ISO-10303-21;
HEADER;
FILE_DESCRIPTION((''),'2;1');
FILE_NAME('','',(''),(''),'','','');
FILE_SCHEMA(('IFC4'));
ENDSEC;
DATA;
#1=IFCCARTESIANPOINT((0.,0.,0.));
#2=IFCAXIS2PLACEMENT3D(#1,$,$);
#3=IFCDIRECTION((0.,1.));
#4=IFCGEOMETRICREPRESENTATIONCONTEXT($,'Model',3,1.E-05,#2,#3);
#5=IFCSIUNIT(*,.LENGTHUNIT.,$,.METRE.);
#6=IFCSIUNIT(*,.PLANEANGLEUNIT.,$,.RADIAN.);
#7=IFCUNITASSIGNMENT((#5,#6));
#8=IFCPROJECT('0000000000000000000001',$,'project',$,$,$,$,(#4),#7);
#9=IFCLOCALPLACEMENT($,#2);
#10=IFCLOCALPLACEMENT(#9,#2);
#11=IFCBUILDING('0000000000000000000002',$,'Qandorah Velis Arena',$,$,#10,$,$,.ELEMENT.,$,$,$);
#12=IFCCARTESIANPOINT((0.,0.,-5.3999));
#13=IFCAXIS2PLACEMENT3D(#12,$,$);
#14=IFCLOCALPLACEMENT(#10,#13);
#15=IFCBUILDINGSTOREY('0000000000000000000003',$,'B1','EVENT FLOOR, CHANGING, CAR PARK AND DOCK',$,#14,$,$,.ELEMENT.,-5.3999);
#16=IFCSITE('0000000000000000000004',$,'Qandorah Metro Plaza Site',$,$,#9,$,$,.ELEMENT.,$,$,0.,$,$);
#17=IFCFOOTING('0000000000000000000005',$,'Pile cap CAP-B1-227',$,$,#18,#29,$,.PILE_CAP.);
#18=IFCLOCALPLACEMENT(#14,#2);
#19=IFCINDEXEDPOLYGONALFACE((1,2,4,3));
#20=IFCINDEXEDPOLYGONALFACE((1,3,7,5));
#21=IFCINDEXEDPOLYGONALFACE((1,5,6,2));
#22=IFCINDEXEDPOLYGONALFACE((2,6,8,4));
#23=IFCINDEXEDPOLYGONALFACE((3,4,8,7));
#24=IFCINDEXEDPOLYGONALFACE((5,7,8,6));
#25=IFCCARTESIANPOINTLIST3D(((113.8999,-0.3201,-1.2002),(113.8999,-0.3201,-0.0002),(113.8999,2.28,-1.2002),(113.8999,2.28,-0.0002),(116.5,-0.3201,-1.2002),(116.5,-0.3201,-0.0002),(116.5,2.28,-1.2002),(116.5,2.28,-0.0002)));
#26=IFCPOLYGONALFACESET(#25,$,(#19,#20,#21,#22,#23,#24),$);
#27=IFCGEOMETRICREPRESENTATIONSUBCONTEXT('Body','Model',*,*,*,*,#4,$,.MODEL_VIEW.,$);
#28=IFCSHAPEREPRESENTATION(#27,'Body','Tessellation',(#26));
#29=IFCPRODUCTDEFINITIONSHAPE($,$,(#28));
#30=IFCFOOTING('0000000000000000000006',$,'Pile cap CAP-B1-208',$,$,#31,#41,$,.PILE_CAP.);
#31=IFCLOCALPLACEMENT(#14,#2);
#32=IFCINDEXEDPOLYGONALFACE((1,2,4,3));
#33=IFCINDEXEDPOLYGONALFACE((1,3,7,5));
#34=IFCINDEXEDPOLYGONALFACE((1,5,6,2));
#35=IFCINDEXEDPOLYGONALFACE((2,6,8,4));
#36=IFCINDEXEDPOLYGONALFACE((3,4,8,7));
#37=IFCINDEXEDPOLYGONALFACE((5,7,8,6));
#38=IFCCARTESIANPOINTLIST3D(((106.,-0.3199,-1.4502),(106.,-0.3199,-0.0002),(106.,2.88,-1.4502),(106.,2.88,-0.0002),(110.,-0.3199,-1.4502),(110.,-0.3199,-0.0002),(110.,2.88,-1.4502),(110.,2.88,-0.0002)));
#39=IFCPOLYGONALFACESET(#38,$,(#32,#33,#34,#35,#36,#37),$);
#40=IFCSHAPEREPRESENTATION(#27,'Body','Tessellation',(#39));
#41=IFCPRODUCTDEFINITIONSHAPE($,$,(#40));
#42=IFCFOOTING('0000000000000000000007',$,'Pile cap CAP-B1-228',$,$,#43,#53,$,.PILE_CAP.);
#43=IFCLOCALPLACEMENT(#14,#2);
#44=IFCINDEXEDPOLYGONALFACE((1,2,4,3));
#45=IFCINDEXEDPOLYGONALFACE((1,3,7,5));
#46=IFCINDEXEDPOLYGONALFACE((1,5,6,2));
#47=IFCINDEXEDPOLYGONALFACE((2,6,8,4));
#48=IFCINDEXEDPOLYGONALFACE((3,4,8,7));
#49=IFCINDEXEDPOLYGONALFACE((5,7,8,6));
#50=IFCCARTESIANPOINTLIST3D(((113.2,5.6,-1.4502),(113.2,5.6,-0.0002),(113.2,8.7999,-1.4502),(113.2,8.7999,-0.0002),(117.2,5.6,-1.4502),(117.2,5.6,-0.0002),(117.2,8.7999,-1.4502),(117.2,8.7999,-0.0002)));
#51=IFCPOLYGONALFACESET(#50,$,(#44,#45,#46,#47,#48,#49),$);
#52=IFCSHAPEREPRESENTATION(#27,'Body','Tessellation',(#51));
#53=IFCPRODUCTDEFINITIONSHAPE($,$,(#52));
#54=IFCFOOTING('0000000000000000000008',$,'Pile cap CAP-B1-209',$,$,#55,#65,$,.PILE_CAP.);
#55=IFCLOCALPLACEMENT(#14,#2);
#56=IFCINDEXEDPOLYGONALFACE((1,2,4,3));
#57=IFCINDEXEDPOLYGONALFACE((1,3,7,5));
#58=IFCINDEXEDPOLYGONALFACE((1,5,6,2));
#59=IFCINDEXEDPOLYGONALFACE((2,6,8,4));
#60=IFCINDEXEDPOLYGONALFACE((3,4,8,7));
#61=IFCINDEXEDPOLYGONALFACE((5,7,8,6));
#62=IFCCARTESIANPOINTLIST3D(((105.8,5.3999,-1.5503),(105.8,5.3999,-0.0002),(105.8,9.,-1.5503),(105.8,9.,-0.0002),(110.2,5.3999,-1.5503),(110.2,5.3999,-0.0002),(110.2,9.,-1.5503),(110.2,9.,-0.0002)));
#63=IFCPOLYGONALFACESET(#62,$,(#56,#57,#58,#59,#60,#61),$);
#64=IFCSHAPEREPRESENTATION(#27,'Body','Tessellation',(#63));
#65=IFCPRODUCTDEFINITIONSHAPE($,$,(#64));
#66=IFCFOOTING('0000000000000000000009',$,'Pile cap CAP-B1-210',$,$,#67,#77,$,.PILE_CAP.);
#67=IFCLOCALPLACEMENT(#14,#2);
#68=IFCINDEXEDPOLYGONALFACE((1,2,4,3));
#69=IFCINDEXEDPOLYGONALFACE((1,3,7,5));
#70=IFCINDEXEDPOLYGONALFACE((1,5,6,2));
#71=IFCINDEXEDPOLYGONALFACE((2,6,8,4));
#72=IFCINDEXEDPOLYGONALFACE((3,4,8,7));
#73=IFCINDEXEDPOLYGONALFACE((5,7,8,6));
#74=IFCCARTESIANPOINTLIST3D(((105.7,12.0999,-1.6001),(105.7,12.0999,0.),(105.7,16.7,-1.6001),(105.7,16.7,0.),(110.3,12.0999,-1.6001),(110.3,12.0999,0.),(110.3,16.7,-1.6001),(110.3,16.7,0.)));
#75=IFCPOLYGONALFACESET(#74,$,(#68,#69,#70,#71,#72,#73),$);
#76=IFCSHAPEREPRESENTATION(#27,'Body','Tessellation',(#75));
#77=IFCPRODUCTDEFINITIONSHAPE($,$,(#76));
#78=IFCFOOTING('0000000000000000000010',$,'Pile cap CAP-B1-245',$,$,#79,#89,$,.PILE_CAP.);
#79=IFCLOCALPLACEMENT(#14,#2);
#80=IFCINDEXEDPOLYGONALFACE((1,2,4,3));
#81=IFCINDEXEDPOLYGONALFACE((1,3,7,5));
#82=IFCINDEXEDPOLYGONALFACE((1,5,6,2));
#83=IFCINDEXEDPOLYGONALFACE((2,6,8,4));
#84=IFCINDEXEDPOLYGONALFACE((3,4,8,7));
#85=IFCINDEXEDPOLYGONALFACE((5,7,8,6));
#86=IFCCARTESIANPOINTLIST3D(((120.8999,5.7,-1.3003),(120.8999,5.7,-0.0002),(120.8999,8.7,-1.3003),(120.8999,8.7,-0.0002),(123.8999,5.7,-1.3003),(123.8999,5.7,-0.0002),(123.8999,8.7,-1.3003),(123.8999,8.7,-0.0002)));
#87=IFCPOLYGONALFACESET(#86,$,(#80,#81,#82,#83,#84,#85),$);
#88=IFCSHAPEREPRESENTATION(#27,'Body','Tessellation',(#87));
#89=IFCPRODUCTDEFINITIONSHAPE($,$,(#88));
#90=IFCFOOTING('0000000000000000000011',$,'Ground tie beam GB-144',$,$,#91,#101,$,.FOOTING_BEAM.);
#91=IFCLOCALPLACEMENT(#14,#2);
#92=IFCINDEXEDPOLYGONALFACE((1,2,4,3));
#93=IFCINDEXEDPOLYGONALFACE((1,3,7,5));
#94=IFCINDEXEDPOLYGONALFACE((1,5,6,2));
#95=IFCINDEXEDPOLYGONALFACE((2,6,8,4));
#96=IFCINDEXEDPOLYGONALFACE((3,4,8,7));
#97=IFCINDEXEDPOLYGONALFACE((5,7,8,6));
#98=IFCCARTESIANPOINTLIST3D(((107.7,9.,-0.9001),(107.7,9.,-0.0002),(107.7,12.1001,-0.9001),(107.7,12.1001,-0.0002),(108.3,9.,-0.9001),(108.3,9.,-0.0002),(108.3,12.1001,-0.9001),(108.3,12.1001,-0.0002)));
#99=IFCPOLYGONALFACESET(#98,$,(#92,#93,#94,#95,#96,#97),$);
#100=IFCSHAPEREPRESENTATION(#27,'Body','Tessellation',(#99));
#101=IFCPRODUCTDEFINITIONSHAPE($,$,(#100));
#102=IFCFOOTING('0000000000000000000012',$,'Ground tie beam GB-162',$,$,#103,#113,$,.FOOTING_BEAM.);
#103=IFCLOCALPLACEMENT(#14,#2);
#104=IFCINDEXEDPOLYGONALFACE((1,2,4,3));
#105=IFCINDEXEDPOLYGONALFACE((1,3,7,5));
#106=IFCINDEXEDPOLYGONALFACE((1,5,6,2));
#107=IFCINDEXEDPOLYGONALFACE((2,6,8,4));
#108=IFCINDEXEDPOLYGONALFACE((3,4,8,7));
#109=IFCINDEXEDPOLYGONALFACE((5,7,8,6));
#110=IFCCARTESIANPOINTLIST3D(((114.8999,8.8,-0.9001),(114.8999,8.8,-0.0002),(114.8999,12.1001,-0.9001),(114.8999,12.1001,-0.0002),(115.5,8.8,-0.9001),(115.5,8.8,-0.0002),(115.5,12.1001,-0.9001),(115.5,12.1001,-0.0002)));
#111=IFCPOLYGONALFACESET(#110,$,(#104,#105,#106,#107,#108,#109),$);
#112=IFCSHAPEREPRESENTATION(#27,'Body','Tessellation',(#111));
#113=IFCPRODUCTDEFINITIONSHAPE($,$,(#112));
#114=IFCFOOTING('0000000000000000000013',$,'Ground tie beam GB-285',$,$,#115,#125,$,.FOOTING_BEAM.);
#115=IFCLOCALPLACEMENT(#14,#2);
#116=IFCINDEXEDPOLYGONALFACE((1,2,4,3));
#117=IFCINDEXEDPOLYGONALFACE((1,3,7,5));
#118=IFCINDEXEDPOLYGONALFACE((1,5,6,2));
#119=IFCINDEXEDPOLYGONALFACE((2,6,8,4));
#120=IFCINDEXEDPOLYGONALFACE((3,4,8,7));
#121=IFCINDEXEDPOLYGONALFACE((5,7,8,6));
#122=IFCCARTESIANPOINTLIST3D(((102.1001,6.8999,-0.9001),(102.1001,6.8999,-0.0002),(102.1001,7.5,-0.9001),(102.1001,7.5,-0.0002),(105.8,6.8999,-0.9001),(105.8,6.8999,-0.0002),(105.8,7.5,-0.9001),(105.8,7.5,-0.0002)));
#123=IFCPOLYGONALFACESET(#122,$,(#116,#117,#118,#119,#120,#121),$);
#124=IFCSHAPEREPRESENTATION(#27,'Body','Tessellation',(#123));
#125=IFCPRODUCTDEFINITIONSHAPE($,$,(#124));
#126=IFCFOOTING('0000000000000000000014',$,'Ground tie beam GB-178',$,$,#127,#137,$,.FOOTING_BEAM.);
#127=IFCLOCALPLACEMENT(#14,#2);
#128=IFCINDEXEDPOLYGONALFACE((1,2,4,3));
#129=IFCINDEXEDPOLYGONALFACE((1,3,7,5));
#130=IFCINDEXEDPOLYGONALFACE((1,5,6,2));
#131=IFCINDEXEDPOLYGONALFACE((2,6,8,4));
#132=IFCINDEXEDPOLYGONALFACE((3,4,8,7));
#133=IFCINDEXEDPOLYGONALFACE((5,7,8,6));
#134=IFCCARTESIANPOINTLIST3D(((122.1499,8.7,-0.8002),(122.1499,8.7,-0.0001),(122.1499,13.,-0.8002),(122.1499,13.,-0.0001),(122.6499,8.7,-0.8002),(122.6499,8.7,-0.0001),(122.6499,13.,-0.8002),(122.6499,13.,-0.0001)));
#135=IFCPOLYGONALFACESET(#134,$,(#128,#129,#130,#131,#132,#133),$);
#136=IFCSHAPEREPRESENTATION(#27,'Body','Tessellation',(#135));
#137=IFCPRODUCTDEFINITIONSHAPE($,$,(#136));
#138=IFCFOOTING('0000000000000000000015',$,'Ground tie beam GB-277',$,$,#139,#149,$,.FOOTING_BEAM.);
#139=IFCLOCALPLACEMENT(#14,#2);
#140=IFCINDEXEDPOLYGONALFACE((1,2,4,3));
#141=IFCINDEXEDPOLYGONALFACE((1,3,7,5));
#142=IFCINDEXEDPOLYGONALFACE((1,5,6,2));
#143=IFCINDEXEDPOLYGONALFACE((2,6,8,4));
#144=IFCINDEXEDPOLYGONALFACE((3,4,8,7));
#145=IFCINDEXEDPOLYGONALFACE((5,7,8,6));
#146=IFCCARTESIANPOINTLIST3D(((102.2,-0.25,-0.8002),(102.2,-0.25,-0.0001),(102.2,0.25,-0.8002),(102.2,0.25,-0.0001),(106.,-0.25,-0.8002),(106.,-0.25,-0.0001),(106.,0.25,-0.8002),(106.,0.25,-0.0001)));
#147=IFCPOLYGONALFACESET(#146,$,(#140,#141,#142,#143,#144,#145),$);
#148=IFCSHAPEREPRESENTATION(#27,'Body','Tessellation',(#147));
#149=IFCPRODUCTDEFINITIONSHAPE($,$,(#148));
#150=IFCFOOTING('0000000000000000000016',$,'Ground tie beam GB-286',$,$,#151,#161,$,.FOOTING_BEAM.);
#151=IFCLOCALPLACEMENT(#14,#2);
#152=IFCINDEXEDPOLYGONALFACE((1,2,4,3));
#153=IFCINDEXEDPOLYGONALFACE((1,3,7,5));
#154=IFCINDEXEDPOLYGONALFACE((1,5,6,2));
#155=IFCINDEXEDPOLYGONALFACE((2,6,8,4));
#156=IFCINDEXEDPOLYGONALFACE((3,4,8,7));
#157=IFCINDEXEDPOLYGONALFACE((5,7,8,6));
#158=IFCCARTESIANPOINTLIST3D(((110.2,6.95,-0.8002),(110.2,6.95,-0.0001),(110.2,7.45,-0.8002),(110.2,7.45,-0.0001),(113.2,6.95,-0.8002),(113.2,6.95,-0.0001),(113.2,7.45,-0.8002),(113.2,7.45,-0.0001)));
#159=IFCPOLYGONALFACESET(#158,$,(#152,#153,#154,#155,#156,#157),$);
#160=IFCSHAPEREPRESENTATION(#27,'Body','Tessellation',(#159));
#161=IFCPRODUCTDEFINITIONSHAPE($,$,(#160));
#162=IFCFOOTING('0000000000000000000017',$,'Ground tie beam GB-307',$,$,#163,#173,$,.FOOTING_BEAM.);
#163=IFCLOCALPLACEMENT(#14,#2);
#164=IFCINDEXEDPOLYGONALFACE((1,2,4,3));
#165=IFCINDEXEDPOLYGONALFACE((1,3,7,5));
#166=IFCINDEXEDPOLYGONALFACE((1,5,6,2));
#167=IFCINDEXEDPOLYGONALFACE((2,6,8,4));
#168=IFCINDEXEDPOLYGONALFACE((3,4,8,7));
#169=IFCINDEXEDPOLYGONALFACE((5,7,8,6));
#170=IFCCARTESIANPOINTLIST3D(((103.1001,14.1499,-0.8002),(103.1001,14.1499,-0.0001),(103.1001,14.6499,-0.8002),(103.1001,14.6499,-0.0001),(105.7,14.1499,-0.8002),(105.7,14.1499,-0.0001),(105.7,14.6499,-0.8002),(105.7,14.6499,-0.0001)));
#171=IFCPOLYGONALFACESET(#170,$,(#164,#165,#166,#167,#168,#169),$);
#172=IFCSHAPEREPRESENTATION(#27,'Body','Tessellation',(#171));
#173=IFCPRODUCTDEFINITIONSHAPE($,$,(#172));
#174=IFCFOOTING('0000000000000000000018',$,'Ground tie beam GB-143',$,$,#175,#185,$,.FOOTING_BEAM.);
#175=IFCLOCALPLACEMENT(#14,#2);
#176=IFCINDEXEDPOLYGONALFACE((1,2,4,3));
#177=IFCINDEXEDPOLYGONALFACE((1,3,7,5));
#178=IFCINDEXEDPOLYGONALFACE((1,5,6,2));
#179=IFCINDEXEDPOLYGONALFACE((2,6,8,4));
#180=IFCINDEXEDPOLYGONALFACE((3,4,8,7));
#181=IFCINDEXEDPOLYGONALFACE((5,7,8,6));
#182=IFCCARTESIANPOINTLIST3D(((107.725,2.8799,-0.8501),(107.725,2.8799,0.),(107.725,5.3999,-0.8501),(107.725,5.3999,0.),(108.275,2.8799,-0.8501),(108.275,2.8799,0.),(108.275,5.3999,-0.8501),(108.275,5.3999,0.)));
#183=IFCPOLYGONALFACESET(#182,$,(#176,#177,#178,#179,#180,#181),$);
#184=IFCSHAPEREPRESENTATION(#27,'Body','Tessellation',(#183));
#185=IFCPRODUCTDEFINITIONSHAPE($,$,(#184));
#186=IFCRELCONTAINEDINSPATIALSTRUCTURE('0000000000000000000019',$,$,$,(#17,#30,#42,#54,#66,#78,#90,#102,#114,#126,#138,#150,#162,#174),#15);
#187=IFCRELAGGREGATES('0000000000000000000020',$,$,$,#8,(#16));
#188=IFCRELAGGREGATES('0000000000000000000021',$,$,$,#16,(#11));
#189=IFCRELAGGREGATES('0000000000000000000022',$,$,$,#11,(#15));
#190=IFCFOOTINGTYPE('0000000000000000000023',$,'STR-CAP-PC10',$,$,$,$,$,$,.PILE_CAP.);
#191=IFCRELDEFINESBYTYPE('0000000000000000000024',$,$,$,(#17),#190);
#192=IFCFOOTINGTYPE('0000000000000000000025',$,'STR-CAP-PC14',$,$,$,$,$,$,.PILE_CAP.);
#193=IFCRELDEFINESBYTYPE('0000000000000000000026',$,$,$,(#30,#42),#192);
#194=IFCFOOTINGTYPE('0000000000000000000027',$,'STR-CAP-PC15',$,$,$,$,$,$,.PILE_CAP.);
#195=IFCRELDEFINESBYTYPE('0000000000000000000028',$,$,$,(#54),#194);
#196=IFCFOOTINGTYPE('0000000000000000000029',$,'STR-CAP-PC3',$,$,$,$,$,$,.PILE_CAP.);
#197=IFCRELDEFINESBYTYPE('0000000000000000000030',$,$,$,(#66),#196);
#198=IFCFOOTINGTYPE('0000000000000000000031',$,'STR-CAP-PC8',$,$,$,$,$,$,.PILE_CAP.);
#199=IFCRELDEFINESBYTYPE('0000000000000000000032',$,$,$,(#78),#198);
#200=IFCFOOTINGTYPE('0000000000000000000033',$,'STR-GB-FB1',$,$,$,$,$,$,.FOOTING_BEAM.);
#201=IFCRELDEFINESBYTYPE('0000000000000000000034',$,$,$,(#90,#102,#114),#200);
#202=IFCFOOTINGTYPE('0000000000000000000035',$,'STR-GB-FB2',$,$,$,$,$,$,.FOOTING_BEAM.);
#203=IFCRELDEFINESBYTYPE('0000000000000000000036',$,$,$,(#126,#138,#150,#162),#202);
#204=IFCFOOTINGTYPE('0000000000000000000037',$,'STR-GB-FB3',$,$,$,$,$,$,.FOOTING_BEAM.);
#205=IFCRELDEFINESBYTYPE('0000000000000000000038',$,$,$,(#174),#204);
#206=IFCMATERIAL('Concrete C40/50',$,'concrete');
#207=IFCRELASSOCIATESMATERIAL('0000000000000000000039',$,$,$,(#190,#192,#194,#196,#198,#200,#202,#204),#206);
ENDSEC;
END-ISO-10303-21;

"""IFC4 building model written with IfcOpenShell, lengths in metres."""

from ifc_helpers import new_model, si_unit, direction, frame, origin, origin_2d, place, context, subcontext, project, spatial, rectangle, extrude, material, material_profile, profile_set, type_object, element, save


model = new_model("IFC4")

# Units and contexts
model_context = context("Model", 3, precision=1e-05, world=origin(), true_north=direction((0.0, 1.0)))
body_context = subcontext(model_context, "Body", "Model", "MODEL_VIEW")
ifc_project = project(units=[si_unit("LENGTHUNIT", "METRE"), si_unit("PLANEANGLEUNIT", "RADIAN")], contexts=[model_context])

# Site, building, storey
site_placement = place(None, origin())
site = spatial("IfcSite", under=ifc_project, at=site_placement, Name="Qandorah Metro Plaza Site", CompositionType="ELEMENT", RefElevation=0.0)
building_placement = place(site_placement, origin())
building = spatial("IfcBuilding", under=site, at=building_placement, Name="Qandorah Velis Arena", CompositionType="ELEMENT")
storey_placement = place(building_placement, frame((0.0, 0.0, -5.3999)))
storey = spatial("IfcBuildingStorey", under=building, at=storey_placement, Name="B1", Description="EVENT FLOOR, CHANGING, CAR PARK AND DOCK", CompositionType="ELEMENT", Elevation=-5.3999)

# Footings
ifc_material_1 = material(Name="Concrete C40/50", Category="concrete")
footing_type_1 = type_object("IfcFootingType", Name="STR-CAP-PC10", PredefinedType="PILE_CAP", material=ifc_material_1)
footing_1_placement = place(storey_placement, frame((115.2, 0.98, -1.2002), z_axis=(0.0, 0.0, 1.0), x_axis=(1.0, 0.0, 0.0)))
element("IfcFooting", 1, at=footing_1_placement, inside=storey, type_object=footing_type_1, Name="Pile cap CAP-B1-227", PredefinedType="PILE_CAP", context=body_context, shape_type="SweptSolid", body=[
    extrude(rectangle(XDim=2.6001, YDim=2.6001, at=origin_2d()), origin(), (0.0, 0.0, 1.0), 1.2),
])
footing_type_2 = type_object("IfcFootingType", Name="STR-CAP-PC14", PredefinedType="PILE_CAP", material=ifc_material_1)
for number, where, z_axis, x_axis, name in (
    (2, (108.0, 1.28, -1.4502), (0.0, 0.0, 1.0), (1.0, 0.0, 0.0), "Pile cap CAP-B1-208"),
    (3, (115.2, 7.2, -1.4502), (0.0, 0.0, 1.0), (1.0, 0.0, 0.0), "Pile cap CAP-B1-228"),
):
    element("IfcFooting", number, at=place(storey_placement, frame(where, z_axis=z_axis, x_axis=x_axis)), inside=storey, type_object=footing_type_2, Name=name, PredefinedType="PILE_CAP", context=body_context, shape_type="SweptSolid", body=[
        extrude(rectangle(XDim=4.0, YDim=3.2, at=origin_2d()), origin(), (0.0, 0.0, 1.0), 1.45),
    ])
footing_type_3 = type_object("IfcFootingType", Name="STR-CAP-PC15", PredefinedType="PILE_CAP", material=ifc_material_1)
footing_2_placement = place(storey_placement, frame((108.0, 7.2, -1.5503), z_axis=(0.0, 0.0, 1.0), x_axis=(1.0, 0.0, 0.0)))
element("IfcFooting", 4, at=footing_2_placement, inside=storey, type_object=footing_type_3, Name="Pile cap CAP-B1-209", PredefinedType="PILE_CAP", context=body_context, shape_type="SweptSolid", body=[
    extrude(rectangle(XDim=4.3999, YDim=3.6001, at=origin_2d()), origin(), (0.0, 0.0, 1.0), 1.55),
])
footing_type_4 = type_object("IfcFootingType", Name="STR-CAP-PC3", PredefinedType="PILE_CAP", material=ifc_material_1)
footing_3_placement = place(storey_placement, frame((108.0, 14.3999, -1.6001), z_axis=(0.0, 0.0, 1.0), x_axis=(1.0, 0.0, 0.0)))
element("IfcFooting", 5, at=footing_3_placement, inside=storey, type_object=footing_type_4, Name="Pile cap CAP-B1-210", PredefinedType="PILE_CAP", context=body_context, shape_type="SweptSolid", body=[
    extrude(rectangle(XDim=4.6001, YDim=4.6001, at=origin_2d()), origin(), (0.0, 0.0, 1.0), 1.6001),
])
footing_type_5 = type_object("IfcFootingType", Name="STR-CAP-PC8", PredefinedType="PILE_CAP", material=ifc_material_1)
footing_4_placement = place(storey_placement, frame((122.3999, 7.2, -1.3003), z_axis=(0.0, 0.0, 1.0), x_axis=(1.0, 0.0, 0.0)))
element("IfcFooting", 6, at=footing_4_placement, inside=storey, type_object=footing_type_5, Name="Pile cap CAP-B1-245", PredefinedType="PILE_CAP", context=body_context, shape_type="SweptSolid", body=[
    extrude(rectangle(XDim=3.0, YDim=3.0, at=origin_2d()), origin(), (0.0, 0.0, 1.0), 1.3),
])
ifc_material_profile_1 = material_profile(ifc_material_1, rectangle(XDim=0.6001, YDim=0.8999, at=origin_2d()), Name="GB1 600x900")
ifc_profile_set_1 = profile_set([ifc_material_profile_1], Name="Concrete C40/50")
footing_type_6 = type_object("IfcFootingType", Name="STR-GB-FB1", PredefinedType="FOOTING_BEAM", material=ifc_profile_set_1)
footing_5_placement = place(storey_placement, frame((108.0, 9.0, -0.4502), z_axis=(0.0, 1.0, 0.0), x_axis=(-1.0, 0.0, 0.0)))
element("IfcFooting", 7, at=footing_5_placement, inside=storey, type_object=footing_type_6, Name="Ground tie beam GB-144", PredefinedType="FOOTING_BEAM", context=body_context, shape_type="SweptSolid", body=[
    extrude(rectangle(XDim=0.6001, YDim=0.8999, at=origin_2d()), origin(), (0.0, 0.0, 1.0), 3.1001),
])
footing_6_placement = place(storey_placement, frame((115.2, 8.8, -0.4502), z_axis=(0.0, 1.0, 0.0), x_axis=(-1.0, 0.0, 0.0)))
element("IfcFooting", 8, at=footing_6_placement, inside=storey, type_object=footing_type_6, Name="Ground tie beam GB-162", PredefinedType="FOOTING_BEAM", context=body_context, shape_type="SweptSolid", body=[
    extrude(rectangle(XDim=0.6001, YDim=0.8999, at=origin_2d()), origin(), (0.0, 0.0, 1.0), 3.3),
])
footing_7_placement = place(storey_placement, frame((102.1001, 7.2, -0.4502), z_axis=(1.0, 0.0, 0.0), x_axis=(0.0, 1.0, 0.0)))
element("IfcFooting", 9, at=footing_7_placement, inside=storey, type_object=footing_type_6, Name="Ground tie beam GB-285", PredefinedType="FOOTING_BEAM", context=body_context, shape_type="SweptSolid", body=[
    extrude(rectangle(XDim=0.6001, YDim=0.8999, at=origin_2d()), origin(), (0.0, 0.0, 1.0), 3.7),
])
ifc_material_profile_2 = material_profile(ifc_material_1, rectangle(XDim=0.5, YDim=0.8, at=origin_2d()), Name="GB2 500x800")
ifc_profile_set_2 = profile_set([ifc_material_profile_2], Name="Concrete C40/50")
footing_type_7 = type_object("IfcFootingType", Name="STR-GB-FB2", PredefinedType="FOOTING_BEAM", material=ifc_profile_set_2)
footing_8_placement = place(storey_placement, frame((122.3999, 8.7, -0.4001), z_axis=(0.0, 1.0, 0.0), x_axis=(-1.0, 0.0, 0.0)))
element("IfcFooting", 10, at=footing_8_placement, inside=storey, type_object=footing_type_7, Name="Ground tie beam GB-178", PredefinedType="FOOTING_BEAM", context=body_context, shape_type="SweptSolid", body=[
    extrude(rectangle(XDim=0.5, YDim=0.8, at=origin_2d()), origin(), (0.0, 0.0, 1.0), 4.3),
])
footing_9_placement = place(storey_placement, frame((102.2, 0.0, -0.4001), z_axis=(1.0, 0.0, 0.0), x_axis=(0.0, 1.0, 0.0)))
element("IfcFooting", 11, at=footing_9_placement, inside=storey, type_object=footing_type_7, Name="Ground tie beam GB-277", PredefinedType="FOOTING_BEAM", context=body_context, shape_type="SweptSolid", body=[
    extrude(rectangle(XDim=0.5, YDim=0.8, at=origin_2d()), origin(), (0.0, 0.0, 1.0), 3.8),
])
footing_10_placement = place(storey_placement, frame((110.2, 7.2, -0.4001), z_axis=(1.0, 0.0, 0.0), x_axis=(0.0, 1.0, 0.0)))
element("IfcFooting", 12, at=footing_10_placement, inside=storey, type_object=footing_type_7, Name="Ground tie beam GB-286", PredefinedType="FOOTING_BEAM", context=body_context, shape_type="SweptSolid", body=[
    extrude(rectangle(XDim=0.5, YDim=0.8, at=origin_2d()), origin(), (0.0, 0.0, 1.0), 3.0),
])
footing_11_placement = place(storey_placement, frame((103.1001, 14.3999, -0.4001), z_axis=(1.0, 0.0, 0.0), x_axis=(0.0, 1.0, 0.0)))
element("IfcFooting", 13, at=footing_11_placement, inside=storey, type_object=footing_type_7, Name="Ground tie beam GB-307", PredefinedType="FOOTING_BEAM", context=body_context, shape_type="SweptSolid", body=[
    extrude(rectangle(XDim=0.5, YDim=0.8, at=origin_2d()), origin(), (0.0, 0.0, 1.0), 2.5999),
])
ifc_material_profile_3 = material_profile(ifc_material_1, rectangle(XDim=0.55, YDim=0.8501, at=origin_2d()), Name="GB3 550x850")
ifc_profile_set_3 = profile_set([ifc_material_profile_3], Name="Concrete C40/50")
footing_type_8 = type_object("IfcFootingType", Name="STR-GB-FB3", PredefinedType="FOOTING_BEAM", material=ifc_profile_set_3)
footing_12_placement = place(storey_placement, frame((108.0, 2.8799, -0.425), z_axis=(0.0, 1.0, 0.0), x_axis=(-1.0, 0.0, 0.0)))
element("IfcFooting", 14, at=footing_12_placement, inside=storey, type_object=footing_type_8, Name="Ground tie beam GB-143", PredefinedType="FOOTING_BEAM", context=body_context, shape_type="SweptSolid", body=[
    extrude(rectangle(XDim=0.55, YDim=0.8501, at=origin_2d()), origin(), (0.0, 0.0, 1.0), 2.52),
])

save(model, "model.ifc")
